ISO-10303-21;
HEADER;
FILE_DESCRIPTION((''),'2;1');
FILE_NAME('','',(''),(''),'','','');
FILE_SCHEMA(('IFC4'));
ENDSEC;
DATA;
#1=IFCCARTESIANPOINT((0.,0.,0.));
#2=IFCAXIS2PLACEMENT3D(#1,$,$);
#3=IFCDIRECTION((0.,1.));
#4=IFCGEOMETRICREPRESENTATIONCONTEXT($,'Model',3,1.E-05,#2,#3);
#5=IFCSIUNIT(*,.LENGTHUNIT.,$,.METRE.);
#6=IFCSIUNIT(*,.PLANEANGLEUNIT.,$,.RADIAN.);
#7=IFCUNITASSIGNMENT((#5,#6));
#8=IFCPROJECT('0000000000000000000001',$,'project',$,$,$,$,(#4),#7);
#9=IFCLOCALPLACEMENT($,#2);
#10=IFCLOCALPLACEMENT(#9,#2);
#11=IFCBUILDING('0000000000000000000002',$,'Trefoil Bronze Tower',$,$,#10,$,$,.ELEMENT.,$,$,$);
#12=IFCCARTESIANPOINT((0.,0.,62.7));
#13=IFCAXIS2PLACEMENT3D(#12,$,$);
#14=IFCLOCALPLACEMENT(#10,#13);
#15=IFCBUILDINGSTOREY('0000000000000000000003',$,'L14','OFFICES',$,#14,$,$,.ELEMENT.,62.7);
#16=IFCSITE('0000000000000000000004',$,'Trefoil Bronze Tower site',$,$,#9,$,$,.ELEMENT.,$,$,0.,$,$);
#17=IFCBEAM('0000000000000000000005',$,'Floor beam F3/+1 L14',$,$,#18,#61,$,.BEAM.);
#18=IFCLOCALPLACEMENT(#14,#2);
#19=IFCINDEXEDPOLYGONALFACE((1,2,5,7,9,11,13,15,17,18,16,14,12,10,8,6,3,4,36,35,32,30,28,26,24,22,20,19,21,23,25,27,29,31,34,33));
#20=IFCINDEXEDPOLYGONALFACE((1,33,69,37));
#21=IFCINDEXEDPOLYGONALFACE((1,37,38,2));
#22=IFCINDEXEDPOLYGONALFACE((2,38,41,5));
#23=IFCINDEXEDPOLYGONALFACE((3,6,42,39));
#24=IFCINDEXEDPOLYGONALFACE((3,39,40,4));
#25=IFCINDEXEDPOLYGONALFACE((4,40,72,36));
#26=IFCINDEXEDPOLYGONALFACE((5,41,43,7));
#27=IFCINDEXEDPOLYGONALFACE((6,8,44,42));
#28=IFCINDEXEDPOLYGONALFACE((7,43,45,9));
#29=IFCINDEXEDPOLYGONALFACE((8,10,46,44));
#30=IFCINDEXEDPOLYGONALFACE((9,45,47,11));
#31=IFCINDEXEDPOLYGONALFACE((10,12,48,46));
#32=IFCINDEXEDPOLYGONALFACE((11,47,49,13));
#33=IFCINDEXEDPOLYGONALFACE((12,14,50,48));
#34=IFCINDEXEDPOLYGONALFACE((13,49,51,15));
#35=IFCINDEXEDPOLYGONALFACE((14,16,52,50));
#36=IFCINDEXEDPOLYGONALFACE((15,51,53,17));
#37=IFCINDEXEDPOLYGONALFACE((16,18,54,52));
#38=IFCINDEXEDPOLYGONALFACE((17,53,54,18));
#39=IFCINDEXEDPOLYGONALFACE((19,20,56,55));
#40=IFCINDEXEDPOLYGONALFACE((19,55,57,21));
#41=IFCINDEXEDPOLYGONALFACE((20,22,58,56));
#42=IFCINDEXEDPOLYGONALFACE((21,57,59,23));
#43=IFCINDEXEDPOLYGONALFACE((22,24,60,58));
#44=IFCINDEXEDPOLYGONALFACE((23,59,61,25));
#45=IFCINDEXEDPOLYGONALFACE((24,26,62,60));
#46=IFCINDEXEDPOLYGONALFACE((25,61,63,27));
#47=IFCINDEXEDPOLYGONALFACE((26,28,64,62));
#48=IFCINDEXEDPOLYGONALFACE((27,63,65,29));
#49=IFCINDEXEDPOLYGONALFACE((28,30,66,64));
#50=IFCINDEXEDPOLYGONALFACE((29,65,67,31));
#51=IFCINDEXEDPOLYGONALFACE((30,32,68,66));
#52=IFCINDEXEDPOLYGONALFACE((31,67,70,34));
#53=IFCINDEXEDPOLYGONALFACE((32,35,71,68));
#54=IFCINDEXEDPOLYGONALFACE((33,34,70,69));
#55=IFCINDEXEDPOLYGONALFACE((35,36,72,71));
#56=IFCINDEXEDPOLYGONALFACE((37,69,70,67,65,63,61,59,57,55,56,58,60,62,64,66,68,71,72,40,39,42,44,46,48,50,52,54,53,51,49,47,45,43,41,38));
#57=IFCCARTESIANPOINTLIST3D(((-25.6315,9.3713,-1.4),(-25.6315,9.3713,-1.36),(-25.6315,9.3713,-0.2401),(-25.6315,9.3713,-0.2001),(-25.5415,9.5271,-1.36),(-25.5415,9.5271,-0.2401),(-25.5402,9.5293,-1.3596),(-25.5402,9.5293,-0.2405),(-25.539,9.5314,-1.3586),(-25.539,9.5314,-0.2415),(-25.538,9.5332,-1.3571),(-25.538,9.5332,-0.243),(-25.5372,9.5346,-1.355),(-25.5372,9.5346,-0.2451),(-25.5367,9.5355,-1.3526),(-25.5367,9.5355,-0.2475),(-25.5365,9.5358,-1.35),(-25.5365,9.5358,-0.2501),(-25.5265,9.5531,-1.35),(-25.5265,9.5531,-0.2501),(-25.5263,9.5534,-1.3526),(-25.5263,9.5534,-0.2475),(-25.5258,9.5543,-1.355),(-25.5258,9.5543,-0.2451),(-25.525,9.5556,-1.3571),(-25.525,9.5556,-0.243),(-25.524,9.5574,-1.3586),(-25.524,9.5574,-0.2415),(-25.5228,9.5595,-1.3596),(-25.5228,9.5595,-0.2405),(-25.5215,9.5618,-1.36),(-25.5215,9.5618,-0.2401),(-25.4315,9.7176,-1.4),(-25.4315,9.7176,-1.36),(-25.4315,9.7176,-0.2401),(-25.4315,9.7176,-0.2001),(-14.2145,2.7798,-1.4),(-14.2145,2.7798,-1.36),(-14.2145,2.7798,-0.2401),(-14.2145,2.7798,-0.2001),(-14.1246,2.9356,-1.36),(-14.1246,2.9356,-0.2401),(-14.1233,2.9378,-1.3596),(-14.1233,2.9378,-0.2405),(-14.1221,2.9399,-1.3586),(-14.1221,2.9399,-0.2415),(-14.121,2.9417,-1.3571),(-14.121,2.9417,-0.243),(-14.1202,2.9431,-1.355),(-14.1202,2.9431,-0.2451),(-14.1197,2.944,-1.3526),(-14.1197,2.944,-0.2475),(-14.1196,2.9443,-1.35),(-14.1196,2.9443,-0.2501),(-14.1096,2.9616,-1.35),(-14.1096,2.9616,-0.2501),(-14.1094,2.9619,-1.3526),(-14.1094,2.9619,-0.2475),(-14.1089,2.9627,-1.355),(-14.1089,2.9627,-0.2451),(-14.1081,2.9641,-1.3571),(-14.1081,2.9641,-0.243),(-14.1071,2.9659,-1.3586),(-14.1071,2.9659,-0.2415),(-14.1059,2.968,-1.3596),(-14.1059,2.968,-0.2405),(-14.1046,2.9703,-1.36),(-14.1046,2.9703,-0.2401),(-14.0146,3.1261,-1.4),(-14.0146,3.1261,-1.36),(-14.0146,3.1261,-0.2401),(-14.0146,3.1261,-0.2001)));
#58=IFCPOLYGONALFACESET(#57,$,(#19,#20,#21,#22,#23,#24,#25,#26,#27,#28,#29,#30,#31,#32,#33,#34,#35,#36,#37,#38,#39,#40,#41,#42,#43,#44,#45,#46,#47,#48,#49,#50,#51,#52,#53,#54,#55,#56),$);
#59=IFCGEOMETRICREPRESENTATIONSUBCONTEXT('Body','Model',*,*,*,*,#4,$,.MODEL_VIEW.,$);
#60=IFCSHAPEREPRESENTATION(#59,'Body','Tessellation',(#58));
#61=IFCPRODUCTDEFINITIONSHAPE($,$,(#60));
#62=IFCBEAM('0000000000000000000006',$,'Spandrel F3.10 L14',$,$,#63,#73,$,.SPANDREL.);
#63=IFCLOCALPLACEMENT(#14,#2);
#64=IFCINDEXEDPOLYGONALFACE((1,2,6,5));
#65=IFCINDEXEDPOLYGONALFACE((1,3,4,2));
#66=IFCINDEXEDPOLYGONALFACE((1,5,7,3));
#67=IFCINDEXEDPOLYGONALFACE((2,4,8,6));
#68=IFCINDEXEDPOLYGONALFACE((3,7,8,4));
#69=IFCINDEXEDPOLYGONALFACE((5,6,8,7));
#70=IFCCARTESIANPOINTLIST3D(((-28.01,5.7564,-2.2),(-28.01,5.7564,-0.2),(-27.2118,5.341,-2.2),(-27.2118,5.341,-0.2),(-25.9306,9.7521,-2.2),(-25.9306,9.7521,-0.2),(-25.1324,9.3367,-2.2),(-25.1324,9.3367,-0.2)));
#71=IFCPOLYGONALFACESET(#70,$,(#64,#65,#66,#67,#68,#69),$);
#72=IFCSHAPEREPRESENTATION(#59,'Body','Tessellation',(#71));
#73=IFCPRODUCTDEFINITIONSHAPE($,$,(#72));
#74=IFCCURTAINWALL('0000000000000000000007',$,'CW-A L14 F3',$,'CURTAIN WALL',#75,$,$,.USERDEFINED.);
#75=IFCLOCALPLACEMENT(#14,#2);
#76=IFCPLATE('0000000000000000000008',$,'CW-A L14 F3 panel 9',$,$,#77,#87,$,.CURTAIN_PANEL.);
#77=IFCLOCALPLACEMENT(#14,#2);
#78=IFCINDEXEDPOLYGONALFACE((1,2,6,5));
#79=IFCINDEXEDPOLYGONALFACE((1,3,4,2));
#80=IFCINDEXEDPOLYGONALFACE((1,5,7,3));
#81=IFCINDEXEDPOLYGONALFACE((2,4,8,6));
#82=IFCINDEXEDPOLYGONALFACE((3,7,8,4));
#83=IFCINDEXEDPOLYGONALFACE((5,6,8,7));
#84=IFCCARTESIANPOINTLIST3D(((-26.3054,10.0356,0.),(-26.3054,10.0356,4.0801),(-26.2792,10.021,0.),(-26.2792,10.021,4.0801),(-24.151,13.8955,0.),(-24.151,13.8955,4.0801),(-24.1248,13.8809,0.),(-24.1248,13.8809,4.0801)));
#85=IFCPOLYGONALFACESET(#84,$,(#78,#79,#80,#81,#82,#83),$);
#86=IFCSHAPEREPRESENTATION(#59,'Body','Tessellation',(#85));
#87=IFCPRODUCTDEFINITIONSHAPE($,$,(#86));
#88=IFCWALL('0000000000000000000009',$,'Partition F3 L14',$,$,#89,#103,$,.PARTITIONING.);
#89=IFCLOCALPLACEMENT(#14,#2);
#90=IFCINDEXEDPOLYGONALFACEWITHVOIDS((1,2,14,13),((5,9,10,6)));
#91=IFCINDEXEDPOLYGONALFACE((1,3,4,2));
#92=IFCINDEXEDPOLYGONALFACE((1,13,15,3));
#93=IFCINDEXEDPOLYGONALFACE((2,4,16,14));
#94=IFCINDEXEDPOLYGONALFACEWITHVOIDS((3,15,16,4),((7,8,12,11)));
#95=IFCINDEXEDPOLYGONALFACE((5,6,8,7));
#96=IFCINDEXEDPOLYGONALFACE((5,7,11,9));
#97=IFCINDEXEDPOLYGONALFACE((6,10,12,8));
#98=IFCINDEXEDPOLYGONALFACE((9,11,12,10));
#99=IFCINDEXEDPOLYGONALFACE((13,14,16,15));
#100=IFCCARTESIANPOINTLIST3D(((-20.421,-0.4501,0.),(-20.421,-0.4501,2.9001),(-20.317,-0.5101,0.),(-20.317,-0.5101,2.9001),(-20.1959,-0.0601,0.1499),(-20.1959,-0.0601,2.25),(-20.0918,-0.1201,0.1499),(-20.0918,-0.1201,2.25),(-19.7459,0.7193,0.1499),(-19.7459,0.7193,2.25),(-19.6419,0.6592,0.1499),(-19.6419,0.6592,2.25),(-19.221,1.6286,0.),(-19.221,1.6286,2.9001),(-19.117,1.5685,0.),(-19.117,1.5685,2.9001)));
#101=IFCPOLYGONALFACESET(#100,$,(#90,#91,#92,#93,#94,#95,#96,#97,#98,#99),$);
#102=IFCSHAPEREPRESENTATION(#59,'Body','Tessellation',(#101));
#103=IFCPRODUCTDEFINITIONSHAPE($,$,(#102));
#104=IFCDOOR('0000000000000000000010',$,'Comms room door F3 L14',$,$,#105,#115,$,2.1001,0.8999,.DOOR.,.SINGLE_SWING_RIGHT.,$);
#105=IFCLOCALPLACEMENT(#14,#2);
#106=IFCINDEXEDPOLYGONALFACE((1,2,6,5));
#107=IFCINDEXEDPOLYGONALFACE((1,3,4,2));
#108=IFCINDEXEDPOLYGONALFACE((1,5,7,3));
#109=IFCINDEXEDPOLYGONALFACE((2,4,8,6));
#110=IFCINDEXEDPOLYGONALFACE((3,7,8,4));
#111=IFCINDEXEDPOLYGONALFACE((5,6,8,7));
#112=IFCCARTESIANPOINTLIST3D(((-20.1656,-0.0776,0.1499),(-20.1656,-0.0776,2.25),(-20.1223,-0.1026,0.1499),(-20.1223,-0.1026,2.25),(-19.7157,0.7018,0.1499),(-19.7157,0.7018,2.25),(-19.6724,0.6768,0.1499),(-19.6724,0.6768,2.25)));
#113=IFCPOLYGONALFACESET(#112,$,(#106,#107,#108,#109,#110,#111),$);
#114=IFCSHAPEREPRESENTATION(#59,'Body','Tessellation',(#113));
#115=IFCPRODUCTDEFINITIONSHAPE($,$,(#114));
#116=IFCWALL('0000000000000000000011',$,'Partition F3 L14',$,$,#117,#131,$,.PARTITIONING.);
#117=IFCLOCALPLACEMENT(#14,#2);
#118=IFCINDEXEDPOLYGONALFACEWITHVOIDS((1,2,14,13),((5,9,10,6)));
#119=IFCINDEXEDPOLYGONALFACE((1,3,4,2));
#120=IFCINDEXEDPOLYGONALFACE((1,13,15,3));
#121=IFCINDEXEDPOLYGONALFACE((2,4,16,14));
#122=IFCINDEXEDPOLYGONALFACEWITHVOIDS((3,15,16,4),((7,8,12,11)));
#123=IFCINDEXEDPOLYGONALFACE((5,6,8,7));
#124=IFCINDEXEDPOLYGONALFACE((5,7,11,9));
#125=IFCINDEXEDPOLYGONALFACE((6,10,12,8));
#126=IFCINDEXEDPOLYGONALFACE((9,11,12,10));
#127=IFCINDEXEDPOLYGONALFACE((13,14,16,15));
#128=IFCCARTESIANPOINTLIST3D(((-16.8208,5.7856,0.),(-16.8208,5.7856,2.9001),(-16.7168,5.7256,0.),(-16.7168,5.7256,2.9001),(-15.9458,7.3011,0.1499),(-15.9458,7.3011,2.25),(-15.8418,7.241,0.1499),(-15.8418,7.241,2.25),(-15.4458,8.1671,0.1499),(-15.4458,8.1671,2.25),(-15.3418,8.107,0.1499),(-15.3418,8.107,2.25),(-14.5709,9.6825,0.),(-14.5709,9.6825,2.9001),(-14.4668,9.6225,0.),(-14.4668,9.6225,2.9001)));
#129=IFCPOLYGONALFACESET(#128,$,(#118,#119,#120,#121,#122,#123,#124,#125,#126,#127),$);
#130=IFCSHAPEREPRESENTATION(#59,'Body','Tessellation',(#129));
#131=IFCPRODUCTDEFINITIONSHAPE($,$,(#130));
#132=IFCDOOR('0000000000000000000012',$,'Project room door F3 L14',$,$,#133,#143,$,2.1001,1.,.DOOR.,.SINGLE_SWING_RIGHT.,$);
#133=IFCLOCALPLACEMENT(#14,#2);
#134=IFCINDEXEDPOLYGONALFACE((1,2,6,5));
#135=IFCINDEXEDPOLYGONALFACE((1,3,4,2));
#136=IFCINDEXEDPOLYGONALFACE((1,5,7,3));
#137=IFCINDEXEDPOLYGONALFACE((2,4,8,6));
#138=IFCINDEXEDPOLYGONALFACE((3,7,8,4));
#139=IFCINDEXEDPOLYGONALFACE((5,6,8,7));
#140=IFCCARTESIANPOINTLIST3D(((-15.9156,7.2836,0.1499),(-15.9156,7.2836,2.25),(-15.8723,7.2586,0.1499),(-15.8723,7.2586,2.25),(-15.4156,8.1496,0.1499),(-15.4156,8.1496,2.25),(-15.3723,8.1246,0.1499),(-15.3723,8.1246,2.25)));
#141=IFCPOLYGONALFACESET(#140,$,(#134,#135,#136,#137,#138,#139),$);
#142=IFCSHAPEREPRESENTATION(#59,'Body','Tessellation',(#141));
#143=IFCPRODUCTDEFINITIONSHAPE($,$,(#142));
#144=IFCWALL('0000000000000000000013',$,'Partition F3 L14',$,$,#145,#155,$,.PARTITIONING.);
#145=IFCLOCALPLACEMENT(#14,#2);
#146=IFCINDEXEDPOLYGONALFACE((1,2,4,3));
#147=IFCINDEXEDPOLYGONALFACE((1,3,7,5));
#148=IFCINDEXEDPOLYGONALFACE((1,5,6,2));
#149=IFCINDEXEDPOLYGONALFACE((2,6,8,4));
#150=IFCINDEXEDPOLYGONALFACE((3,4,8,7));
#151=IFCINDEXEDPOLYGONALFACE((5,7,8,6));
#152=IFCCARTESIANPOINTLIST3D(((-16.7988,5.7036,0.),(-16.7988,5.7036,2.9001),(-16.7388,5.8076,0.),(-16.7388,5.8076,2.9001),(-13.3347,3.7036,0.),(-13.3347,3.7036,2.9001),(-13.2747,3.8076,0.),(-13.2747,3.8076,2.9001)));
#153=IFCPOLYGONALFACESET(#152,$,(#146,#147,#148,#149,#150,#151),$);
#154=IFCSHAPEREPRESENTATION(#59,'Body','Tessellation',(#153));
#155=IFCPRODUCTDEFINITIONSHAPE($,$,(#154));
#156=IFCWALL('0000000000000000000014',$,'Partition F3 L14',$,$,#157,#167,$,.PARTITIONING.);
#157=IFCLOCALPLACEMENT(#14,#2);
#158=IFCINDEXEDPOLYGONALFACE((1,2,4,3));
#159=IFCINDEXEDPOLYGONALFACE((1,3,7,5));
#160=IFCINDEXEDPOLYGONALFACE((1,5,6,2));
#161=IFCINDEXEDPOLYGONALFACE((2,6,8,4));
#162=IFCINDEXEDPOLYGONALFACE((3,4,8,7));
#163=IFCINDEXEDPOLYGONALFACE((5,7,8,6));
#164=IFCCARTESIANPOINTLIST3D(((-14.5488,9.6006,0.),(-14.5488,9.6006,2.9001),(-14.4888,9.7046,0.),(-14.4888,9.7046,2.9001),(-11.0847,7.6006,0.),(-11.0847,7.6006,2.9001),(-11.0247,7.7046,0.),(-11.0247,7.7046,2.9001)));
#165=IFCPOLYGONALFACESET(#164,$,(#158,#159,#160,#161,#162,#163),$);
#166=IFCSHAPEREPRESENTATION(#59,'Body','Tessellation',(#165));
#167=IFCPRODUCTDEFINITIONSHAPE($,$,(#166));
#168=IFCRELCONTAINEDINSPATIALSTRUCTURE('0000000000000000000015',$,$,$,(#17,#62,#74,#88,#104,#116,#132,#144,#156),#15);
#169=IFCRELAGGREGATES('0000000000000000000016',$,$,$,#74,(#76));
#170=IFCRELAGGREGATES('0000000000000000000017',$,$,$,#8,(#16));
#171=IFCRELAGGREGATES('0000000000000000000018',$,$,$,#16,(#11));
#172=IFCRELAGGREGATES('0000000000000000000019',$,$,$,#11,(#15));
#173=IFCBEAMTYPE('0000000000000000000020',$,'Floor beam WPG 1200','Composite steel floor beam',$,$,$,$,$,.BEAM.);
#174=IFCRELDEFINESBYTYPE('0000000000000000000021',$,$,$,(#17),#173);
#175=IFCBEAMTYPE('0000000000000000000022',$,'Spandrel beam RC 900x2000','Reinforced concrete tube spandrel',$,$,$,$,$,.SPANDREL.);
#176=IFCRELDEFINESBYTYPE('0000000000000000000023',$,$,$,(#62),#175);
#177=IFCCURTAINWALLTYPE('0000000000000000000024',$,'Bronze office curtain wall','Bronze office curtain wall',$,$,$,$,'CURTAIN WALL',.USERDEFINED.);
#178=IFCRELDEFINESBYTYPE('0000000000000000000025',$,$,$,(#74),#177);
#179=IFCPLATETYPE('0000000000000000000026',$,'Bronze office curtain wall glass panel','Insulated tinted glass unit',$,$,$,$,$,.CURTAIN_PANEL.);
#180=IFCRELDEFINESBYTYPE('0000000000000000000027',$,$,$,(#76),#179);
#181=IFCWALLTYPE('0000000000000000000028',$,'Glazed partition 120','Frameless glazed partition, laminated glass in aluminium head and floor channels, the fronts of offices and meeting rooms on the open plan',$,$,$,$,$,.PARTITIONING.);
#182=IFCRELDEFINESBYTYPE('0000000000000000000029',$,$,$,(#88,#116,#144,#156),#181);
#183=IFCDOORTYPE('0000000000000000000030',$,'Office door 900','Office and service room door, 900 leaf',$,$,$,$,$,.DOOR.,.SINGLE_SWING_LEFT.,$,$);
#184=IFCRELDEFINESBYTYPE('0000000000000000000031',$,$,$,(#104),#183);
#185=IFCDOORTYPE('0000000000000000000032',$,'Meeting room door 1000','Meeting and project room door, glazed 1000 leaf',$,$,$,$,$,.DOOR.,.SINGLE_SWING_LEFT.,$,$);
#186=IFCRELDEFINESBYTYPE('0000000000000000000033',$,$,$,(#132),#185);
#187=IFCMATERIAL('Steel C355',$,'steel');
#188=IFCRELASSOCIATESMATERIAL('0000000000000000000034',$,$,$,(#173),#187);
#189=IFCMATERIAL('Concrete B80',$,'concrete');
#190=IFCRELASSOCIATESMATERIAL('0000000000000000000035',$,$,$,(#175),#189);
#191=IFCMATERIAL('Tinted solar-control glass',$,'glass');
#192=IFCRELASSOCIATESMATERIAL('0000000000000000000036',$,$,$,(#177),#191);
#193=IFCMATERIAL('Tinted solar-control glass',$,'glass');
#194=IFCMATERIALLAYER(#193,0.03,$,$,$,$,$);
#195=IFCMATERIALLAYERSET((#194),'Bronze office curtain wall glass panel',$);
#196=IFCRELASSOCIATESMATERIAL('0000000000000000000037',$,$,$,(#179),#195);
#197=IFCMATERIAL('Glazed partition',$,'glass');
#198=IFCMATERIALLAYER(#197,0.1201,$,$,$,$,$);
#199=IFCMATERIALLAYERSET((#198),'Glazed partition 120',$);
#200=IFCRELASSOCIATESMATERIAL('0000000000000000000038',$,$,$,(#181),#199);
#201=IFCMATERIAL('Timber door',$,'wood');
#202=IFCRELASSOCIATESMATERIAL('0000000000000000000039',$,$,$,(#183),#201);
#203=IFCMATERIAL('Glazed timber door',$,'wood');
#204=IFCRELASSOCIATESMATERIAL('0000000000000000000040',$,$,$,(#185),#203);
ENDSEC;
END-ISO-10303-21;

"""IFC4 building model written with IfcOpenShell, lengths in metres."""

from ifc_helpers import new_model, si_unit, direction, frame, frame_2d, origin, origin_2d, place, context, subcontext, project, spatial, rectangle, i_section, extrude, material, layer, layer_set, material_profile, profile_set, type_object, element, fill, aggregate, save


model = new_model("IFC4")

# Units and contexts
model_context = context("Model", 3, precision=1e-05, world=origin(), true_north=direction((0.0, 1.0)))
body_context = subcontext(model_context, "Body", "Model", "MODEL_VIEW")
ifc_project = project(units=[si_unit("LENGTHUNIT", "METRE"), si_unit("PLANEANGLEUNIT", "RADIAN")], contexts=[model_context])

# Site, building, storey
site_placement = place(None, origin())
site = spatial("IfcSite", under=ifc_project, at=site_placement, Name="Trefoil Bronze Tower site", CompositionType="ELEMENT", RefElevation=0.0)
building_placement = place(site_placement, origin())
building = spatial("IfcBuilding", under=site, at=building_placement, Name="Trefoil Bronze Tower", CompositionType="ELEMENT")
storey_placement = place(building_placement, frame((0.0, 0.0, 62.7)))
storey = spatial("IfcBuildingStorey", under=building, at=storey_placement, Name="L14", Description="OFFICES", CompositionType="ELEMENT", Elevation=62.7)

# Beams
ifc_material_1 = material(Name="Steel C355", Category="steel")
ifc_material_profile_1 = material_profile(ifc_material_1, i_section(OverallWidth=0.3999, OverallDepth=1.2, WebThickness=0.02, FlangeThickness=0.04, FilletRadius=0.01, at=origin_2d()), Name="WPG 1200")
ifc_profile_set_1 = profile_set([ifc_material_profile_1], Name="Steel C355")
beam_type_1 = type_object("IfcBeamType", Name="Floor beam WPG 1200", Description="Composite steel floor beam", PredefinedType="BEAM", material=ifc_profile_set_1)
beam_1_placement = place(storey_placement, frame((-25.5315, 9.5444, -0.8), z_axis=(0.866027, -0.499997, 0.0), x_axis=(0.499997, 0.866027, 0.0)))
element("IfcBeam", 1, at=beam_1_placement, inside=storey, type_object=beam_type_1, Name="Floor beam F3/+1 L14", PredefinedType="BEAM", context=body_context, shape_type="SweptSolid", body=[
    extrude(i_section(OverallWidth=0.3999, OverallDepth=1.2, WebThickness=0.02, FlangeThickness=0.04, FilletRadius=0.01, at=origin_2d()), origin(), (0.0, 0.0, 1.0), 13.1831),
])
ifc_material_2 = material(Name="Concrete B80", Category="concrete")
ifc_material_profile_2 = material_profile(ifc_material_2, rectangle(XDim=0.8999, YDim=2.0, at=origin_2d()), Name="RC 900x2000")
ifc_profile_set_2 = profile_set([ifc_material_profile_2], Name="Concrete B80")
beam_type_2 = type_object("IfcBeamType", Name="Spandrel beam RC 900x2000", Description="Reinforced concrete tube spandrel", PredefinedType="SPANDREL", material=ifc_profile_set_2)
beam_2_placement = place(storey_placement, frame((-25.5315, 9.5444, -1.2), z_axis=(-0.461638, -0.887069, 0.0), x_axis=(0.887069, -0.461638, 0.0)))
element("IfcBeam", 2, at=beam_2_placement, inside=storey, type_object=beam_type_2, Name="Spandrel F3.10 L14", PredefinedType="SPANDREL", context=body_context, shape_type="SweptSolid", body=[
    extrude(rectangle(XDim=0.8999, YDim=2.0, at=origin_2d()), origin(), (0.0, 0.0, 1.0), 4.5044),
])

# Curtain wall, plate
ifc_material_3 = material(Name="Tinted solar-control glass", Category="glass")
curtain_wall_type = type_object("IfcCurtainWallType", Name="Bronze office curtain wall", Description="Bronze office curtain wall", ElementType="CURTAIN WALL", PredefinedType="USERDEFINED", material=ifc_material_3)
curtain_wall_placement = place(storey_placement, origin())
curtain_wall = element("IfcCurtainWall", 3, at=curtain_wall_placement, inside=storey, type_object=curtain_wall_type, Name="CW-A L14 F3", ObjectType="CURTAIN WALL", PredefinedType="USERDEFINED")
ifc_material_4 = material(Name="Tinted solar-control glass", Category="glass")
ifc_layer_1 = layer(ifc_material_4, 0.03)
ifc_layer_set_1 = layer_set([ifc_layer_1], Name="Bronze office curtain wall glass panel")
plate_type = type_object("IfcPlateType", Name="Bronze office curtain wall glass panel", Description="Insulated tinted glass unit", PredefinedType="CURTAIN_PANEL", material=ifc_layer_set_1)
plate_placement = place(storey_placement, frame((-25.2151, 11.9583, 0.0), z_axis=(0.0, 0.0, 1.0), x_axis=(-0.487382, -0.873189, 0.0)))
plate = element("IfcPlate", 4, at=plate_placement, type_object=plate_type, Name="CW-A L14 F3 panel 9", PredefinedType="CURTAIN_PANEL", context=body_context, shape_type="SweptSolid", body=[
    extrude(rectangle(XDim=4.4204, YDim=0.03, at=origin_2d()), origin(), (0.0, 0.0, 1.0), 4.0801),
])
aggregate(curtain_wall, [plate])

# Walls, openings, doors
ifc_material_5 = material(Name="Glazed partition", Category="glass")
ifc_layer_2 = layer(ifc_material_5, 0.1201)
ifc_layer_set_2 = layer_set([ifc_layer_2], Name="Glazed partition 120")
wall_type_1 = type_object("IfcWallType", Name="Glazed partition 120", Description="Frameless glazed partition, laminated glass in aluminium head and floor channels, the fronts of offices and meeting rooms on the open plan", PredefinedType="PARTITIONING", material=ifc_layer_set_2)
wall_1_placement = place(storey_placement, frame((-19.1689, 1.5986, 0.0), z_axis=(0.0, 0.0, 1.0), x_axis=(-0.499957, -0.86605, 0.0)))
wall_1 = element("IfcWall", 5, at=wall_1_placement, inside=storey, type_object=wall_type_1, Name="Partition F3 L14", PredefinedType="PARTITIONING", context=body_context, shape_type="SweptSolid", body=[
    extrude(rectangle(XDim=2.4001, YDim=0.1201, at=frame_2d((1.2002, 0.0))), origin(), (0.0, 0.0, 1.0), 2.9001),
])
opening_1_placement = place(wall_1_placement, frame((1.05, 0.0, 0.1499)))
opening_1 = element("IfcOpeningElement", 6, at=opening_1_placement, cuts=wall_1, PredefinedType="OPENING", context=body_context, shape_type="SweptSolid", body=[
    extrude(rectangle(XDim=0.8999, YDim=2.1001, at=frame_2d((0.45, 1.05))), frame((0.0, 0.0701, 0.0), z_axis=(0.0, -1.0, 0.0), x_axis=(1.0, 0.0, 0.0)), (0.0, 0.0, 1.0), 0.1401),
])
ifc_material_6 = material(Name="Timber door", Category="wood")
door_type_1 = type_object("IfcDoorType", Name="Office door 900", Description="Office and service room door, 900 leaf", OperationType="SINGLE_SWING_LEFT", PredefinedType="DOOR", material=ifc_material_6)
door_1_placement = place(opening_1_placement, origin())
door_1 = element("IfcDoor", 7, at=door_1_placement, inside=storey, type_object=door_type_1, Name="Comms room door F3 L14", OperationType="SINGLE_SWING_RIGHT", OverallHeight=2.1001, OverallWidth=0.8999, PredefinedType="DOOR", context=body_context, shape_type="SweptSolid", body=[
    extrude(rectangle(XDim=0.8999, YDim=2.1001, at=frame_2d((0.45, 1.05))), frame((0.0, 0.0249, 0.0), z_axis=(0.0, -1.0, 0.0), x_axis=(1.0, 0.0, 0.0)), (0.0, 0.0, 1.0), 0.05),
])
fill(opening_1, door_1)
wall_2_placement = place(storey_placement, frame((-14.5188, 9.6526, 0.0), z_axis=(0.0, 0.0, 1.0), x_axis=(-0.500014, -0.866018, 0.0)))
wall_2 = element("IfcWall", 8, at=wall_2_placement, inside=storey, type_object=wall_type_1, Name="Partition F3 L14", PredefinedType="PARTITIONING", context=body_context, shape_type="SweptSolid", body=[
    extrude(rectangle(XDim=4.4998, YDim=0.1201, at=frame_2d((2.25, 0.0))), origin(), (0.0, 0.0, 1.0), 2.9001),
])
opening_2_placement = place(wall_2_placement, frame((1.75, 0.0, 0.1499)))
opening_2 = element("IfcOpeningElement", 9, at=opening_2_placement, cuts=wall_2, PredefinedType="OPENING", context=body_context, shape_type="SweptSolid", body=[
    extrude(rectangle(XDim=1.0, YDim=2.1001, at=frame_2d((0.5, 1.05))), frame((0.0, 0.0701, 0.0), z_axis=(0.0, -1.0, 0.0), x_axis=(1.0, 0.0, 0.0)), (0.0, 0.0, 1.0), 0.1401),
])
ifc_material_7 = material(Name="Glazed timber door", Category="wood")
door_type_2 = type_object("IfcDoorType", Name="Meeting room door 1000", Description="Meeting and project room door, glazed 1000 leaf", OperationType="SINGLE_SWING_LEFT", PredefinedType="DOOR", material=ifc_material_7)
door_2_placement = place(opening_2_placement, origin())
door_2 = element("IfcDoor", 10, at=door_2_placement, inside=storey, type_object=door_type_2, Name="Project room door F3 L14", OperationType="SINGLE_SWING_RIGHT", OverallHeight=2.1001, OverallWidth=1.0, PredefinedType="DOOR", context=body_context, shape_type="SweptSolid", body=[
    extrude(rectangle(XDim=1.0, YDim=2.1001, at=frame_2d((0.5, 1.05))), frame((0.0, 0.0249, 0.0), z_axis=(0.0, -1.0, 0.0), x_axis=(1.0, 0.0, 0.0)), (0.0, 0.0, 1.0), 0.05),
])
fill(opening_2, door_2)

# Walls
for number, where, z_axis, x_axis, name in (
    (11, (-13.3047, 3.7556, 0.0), (0.0, 0.0, 1.0), (-0.866026, 0.499999, 0.0), "Partition F3 L14"),
    (12, (-11.0547, 7.6526, 0.0), (0.0, 0.0, 1.0), (-0.866026, 0.499999, 0.0), "Partition F3 L14"),
):
    element("IfcWall", number, at=place(storey_placement, frame(where, z_axis=z_axis, x_axis=x_axis)), inside=storey, type_object=wall_type_1, Name=name, PredefinedType="PARTITIONING", context=body_context, shape_type="SweptSolid", body=[
        extrude(rectangle(XDim=4.0, YDim=0.1201, at=frame_2d((2.0, 0.0))), origin(), (0.0, 0.0, 1.0), 2.9001),
    ])

save(model, "model.ifc")
